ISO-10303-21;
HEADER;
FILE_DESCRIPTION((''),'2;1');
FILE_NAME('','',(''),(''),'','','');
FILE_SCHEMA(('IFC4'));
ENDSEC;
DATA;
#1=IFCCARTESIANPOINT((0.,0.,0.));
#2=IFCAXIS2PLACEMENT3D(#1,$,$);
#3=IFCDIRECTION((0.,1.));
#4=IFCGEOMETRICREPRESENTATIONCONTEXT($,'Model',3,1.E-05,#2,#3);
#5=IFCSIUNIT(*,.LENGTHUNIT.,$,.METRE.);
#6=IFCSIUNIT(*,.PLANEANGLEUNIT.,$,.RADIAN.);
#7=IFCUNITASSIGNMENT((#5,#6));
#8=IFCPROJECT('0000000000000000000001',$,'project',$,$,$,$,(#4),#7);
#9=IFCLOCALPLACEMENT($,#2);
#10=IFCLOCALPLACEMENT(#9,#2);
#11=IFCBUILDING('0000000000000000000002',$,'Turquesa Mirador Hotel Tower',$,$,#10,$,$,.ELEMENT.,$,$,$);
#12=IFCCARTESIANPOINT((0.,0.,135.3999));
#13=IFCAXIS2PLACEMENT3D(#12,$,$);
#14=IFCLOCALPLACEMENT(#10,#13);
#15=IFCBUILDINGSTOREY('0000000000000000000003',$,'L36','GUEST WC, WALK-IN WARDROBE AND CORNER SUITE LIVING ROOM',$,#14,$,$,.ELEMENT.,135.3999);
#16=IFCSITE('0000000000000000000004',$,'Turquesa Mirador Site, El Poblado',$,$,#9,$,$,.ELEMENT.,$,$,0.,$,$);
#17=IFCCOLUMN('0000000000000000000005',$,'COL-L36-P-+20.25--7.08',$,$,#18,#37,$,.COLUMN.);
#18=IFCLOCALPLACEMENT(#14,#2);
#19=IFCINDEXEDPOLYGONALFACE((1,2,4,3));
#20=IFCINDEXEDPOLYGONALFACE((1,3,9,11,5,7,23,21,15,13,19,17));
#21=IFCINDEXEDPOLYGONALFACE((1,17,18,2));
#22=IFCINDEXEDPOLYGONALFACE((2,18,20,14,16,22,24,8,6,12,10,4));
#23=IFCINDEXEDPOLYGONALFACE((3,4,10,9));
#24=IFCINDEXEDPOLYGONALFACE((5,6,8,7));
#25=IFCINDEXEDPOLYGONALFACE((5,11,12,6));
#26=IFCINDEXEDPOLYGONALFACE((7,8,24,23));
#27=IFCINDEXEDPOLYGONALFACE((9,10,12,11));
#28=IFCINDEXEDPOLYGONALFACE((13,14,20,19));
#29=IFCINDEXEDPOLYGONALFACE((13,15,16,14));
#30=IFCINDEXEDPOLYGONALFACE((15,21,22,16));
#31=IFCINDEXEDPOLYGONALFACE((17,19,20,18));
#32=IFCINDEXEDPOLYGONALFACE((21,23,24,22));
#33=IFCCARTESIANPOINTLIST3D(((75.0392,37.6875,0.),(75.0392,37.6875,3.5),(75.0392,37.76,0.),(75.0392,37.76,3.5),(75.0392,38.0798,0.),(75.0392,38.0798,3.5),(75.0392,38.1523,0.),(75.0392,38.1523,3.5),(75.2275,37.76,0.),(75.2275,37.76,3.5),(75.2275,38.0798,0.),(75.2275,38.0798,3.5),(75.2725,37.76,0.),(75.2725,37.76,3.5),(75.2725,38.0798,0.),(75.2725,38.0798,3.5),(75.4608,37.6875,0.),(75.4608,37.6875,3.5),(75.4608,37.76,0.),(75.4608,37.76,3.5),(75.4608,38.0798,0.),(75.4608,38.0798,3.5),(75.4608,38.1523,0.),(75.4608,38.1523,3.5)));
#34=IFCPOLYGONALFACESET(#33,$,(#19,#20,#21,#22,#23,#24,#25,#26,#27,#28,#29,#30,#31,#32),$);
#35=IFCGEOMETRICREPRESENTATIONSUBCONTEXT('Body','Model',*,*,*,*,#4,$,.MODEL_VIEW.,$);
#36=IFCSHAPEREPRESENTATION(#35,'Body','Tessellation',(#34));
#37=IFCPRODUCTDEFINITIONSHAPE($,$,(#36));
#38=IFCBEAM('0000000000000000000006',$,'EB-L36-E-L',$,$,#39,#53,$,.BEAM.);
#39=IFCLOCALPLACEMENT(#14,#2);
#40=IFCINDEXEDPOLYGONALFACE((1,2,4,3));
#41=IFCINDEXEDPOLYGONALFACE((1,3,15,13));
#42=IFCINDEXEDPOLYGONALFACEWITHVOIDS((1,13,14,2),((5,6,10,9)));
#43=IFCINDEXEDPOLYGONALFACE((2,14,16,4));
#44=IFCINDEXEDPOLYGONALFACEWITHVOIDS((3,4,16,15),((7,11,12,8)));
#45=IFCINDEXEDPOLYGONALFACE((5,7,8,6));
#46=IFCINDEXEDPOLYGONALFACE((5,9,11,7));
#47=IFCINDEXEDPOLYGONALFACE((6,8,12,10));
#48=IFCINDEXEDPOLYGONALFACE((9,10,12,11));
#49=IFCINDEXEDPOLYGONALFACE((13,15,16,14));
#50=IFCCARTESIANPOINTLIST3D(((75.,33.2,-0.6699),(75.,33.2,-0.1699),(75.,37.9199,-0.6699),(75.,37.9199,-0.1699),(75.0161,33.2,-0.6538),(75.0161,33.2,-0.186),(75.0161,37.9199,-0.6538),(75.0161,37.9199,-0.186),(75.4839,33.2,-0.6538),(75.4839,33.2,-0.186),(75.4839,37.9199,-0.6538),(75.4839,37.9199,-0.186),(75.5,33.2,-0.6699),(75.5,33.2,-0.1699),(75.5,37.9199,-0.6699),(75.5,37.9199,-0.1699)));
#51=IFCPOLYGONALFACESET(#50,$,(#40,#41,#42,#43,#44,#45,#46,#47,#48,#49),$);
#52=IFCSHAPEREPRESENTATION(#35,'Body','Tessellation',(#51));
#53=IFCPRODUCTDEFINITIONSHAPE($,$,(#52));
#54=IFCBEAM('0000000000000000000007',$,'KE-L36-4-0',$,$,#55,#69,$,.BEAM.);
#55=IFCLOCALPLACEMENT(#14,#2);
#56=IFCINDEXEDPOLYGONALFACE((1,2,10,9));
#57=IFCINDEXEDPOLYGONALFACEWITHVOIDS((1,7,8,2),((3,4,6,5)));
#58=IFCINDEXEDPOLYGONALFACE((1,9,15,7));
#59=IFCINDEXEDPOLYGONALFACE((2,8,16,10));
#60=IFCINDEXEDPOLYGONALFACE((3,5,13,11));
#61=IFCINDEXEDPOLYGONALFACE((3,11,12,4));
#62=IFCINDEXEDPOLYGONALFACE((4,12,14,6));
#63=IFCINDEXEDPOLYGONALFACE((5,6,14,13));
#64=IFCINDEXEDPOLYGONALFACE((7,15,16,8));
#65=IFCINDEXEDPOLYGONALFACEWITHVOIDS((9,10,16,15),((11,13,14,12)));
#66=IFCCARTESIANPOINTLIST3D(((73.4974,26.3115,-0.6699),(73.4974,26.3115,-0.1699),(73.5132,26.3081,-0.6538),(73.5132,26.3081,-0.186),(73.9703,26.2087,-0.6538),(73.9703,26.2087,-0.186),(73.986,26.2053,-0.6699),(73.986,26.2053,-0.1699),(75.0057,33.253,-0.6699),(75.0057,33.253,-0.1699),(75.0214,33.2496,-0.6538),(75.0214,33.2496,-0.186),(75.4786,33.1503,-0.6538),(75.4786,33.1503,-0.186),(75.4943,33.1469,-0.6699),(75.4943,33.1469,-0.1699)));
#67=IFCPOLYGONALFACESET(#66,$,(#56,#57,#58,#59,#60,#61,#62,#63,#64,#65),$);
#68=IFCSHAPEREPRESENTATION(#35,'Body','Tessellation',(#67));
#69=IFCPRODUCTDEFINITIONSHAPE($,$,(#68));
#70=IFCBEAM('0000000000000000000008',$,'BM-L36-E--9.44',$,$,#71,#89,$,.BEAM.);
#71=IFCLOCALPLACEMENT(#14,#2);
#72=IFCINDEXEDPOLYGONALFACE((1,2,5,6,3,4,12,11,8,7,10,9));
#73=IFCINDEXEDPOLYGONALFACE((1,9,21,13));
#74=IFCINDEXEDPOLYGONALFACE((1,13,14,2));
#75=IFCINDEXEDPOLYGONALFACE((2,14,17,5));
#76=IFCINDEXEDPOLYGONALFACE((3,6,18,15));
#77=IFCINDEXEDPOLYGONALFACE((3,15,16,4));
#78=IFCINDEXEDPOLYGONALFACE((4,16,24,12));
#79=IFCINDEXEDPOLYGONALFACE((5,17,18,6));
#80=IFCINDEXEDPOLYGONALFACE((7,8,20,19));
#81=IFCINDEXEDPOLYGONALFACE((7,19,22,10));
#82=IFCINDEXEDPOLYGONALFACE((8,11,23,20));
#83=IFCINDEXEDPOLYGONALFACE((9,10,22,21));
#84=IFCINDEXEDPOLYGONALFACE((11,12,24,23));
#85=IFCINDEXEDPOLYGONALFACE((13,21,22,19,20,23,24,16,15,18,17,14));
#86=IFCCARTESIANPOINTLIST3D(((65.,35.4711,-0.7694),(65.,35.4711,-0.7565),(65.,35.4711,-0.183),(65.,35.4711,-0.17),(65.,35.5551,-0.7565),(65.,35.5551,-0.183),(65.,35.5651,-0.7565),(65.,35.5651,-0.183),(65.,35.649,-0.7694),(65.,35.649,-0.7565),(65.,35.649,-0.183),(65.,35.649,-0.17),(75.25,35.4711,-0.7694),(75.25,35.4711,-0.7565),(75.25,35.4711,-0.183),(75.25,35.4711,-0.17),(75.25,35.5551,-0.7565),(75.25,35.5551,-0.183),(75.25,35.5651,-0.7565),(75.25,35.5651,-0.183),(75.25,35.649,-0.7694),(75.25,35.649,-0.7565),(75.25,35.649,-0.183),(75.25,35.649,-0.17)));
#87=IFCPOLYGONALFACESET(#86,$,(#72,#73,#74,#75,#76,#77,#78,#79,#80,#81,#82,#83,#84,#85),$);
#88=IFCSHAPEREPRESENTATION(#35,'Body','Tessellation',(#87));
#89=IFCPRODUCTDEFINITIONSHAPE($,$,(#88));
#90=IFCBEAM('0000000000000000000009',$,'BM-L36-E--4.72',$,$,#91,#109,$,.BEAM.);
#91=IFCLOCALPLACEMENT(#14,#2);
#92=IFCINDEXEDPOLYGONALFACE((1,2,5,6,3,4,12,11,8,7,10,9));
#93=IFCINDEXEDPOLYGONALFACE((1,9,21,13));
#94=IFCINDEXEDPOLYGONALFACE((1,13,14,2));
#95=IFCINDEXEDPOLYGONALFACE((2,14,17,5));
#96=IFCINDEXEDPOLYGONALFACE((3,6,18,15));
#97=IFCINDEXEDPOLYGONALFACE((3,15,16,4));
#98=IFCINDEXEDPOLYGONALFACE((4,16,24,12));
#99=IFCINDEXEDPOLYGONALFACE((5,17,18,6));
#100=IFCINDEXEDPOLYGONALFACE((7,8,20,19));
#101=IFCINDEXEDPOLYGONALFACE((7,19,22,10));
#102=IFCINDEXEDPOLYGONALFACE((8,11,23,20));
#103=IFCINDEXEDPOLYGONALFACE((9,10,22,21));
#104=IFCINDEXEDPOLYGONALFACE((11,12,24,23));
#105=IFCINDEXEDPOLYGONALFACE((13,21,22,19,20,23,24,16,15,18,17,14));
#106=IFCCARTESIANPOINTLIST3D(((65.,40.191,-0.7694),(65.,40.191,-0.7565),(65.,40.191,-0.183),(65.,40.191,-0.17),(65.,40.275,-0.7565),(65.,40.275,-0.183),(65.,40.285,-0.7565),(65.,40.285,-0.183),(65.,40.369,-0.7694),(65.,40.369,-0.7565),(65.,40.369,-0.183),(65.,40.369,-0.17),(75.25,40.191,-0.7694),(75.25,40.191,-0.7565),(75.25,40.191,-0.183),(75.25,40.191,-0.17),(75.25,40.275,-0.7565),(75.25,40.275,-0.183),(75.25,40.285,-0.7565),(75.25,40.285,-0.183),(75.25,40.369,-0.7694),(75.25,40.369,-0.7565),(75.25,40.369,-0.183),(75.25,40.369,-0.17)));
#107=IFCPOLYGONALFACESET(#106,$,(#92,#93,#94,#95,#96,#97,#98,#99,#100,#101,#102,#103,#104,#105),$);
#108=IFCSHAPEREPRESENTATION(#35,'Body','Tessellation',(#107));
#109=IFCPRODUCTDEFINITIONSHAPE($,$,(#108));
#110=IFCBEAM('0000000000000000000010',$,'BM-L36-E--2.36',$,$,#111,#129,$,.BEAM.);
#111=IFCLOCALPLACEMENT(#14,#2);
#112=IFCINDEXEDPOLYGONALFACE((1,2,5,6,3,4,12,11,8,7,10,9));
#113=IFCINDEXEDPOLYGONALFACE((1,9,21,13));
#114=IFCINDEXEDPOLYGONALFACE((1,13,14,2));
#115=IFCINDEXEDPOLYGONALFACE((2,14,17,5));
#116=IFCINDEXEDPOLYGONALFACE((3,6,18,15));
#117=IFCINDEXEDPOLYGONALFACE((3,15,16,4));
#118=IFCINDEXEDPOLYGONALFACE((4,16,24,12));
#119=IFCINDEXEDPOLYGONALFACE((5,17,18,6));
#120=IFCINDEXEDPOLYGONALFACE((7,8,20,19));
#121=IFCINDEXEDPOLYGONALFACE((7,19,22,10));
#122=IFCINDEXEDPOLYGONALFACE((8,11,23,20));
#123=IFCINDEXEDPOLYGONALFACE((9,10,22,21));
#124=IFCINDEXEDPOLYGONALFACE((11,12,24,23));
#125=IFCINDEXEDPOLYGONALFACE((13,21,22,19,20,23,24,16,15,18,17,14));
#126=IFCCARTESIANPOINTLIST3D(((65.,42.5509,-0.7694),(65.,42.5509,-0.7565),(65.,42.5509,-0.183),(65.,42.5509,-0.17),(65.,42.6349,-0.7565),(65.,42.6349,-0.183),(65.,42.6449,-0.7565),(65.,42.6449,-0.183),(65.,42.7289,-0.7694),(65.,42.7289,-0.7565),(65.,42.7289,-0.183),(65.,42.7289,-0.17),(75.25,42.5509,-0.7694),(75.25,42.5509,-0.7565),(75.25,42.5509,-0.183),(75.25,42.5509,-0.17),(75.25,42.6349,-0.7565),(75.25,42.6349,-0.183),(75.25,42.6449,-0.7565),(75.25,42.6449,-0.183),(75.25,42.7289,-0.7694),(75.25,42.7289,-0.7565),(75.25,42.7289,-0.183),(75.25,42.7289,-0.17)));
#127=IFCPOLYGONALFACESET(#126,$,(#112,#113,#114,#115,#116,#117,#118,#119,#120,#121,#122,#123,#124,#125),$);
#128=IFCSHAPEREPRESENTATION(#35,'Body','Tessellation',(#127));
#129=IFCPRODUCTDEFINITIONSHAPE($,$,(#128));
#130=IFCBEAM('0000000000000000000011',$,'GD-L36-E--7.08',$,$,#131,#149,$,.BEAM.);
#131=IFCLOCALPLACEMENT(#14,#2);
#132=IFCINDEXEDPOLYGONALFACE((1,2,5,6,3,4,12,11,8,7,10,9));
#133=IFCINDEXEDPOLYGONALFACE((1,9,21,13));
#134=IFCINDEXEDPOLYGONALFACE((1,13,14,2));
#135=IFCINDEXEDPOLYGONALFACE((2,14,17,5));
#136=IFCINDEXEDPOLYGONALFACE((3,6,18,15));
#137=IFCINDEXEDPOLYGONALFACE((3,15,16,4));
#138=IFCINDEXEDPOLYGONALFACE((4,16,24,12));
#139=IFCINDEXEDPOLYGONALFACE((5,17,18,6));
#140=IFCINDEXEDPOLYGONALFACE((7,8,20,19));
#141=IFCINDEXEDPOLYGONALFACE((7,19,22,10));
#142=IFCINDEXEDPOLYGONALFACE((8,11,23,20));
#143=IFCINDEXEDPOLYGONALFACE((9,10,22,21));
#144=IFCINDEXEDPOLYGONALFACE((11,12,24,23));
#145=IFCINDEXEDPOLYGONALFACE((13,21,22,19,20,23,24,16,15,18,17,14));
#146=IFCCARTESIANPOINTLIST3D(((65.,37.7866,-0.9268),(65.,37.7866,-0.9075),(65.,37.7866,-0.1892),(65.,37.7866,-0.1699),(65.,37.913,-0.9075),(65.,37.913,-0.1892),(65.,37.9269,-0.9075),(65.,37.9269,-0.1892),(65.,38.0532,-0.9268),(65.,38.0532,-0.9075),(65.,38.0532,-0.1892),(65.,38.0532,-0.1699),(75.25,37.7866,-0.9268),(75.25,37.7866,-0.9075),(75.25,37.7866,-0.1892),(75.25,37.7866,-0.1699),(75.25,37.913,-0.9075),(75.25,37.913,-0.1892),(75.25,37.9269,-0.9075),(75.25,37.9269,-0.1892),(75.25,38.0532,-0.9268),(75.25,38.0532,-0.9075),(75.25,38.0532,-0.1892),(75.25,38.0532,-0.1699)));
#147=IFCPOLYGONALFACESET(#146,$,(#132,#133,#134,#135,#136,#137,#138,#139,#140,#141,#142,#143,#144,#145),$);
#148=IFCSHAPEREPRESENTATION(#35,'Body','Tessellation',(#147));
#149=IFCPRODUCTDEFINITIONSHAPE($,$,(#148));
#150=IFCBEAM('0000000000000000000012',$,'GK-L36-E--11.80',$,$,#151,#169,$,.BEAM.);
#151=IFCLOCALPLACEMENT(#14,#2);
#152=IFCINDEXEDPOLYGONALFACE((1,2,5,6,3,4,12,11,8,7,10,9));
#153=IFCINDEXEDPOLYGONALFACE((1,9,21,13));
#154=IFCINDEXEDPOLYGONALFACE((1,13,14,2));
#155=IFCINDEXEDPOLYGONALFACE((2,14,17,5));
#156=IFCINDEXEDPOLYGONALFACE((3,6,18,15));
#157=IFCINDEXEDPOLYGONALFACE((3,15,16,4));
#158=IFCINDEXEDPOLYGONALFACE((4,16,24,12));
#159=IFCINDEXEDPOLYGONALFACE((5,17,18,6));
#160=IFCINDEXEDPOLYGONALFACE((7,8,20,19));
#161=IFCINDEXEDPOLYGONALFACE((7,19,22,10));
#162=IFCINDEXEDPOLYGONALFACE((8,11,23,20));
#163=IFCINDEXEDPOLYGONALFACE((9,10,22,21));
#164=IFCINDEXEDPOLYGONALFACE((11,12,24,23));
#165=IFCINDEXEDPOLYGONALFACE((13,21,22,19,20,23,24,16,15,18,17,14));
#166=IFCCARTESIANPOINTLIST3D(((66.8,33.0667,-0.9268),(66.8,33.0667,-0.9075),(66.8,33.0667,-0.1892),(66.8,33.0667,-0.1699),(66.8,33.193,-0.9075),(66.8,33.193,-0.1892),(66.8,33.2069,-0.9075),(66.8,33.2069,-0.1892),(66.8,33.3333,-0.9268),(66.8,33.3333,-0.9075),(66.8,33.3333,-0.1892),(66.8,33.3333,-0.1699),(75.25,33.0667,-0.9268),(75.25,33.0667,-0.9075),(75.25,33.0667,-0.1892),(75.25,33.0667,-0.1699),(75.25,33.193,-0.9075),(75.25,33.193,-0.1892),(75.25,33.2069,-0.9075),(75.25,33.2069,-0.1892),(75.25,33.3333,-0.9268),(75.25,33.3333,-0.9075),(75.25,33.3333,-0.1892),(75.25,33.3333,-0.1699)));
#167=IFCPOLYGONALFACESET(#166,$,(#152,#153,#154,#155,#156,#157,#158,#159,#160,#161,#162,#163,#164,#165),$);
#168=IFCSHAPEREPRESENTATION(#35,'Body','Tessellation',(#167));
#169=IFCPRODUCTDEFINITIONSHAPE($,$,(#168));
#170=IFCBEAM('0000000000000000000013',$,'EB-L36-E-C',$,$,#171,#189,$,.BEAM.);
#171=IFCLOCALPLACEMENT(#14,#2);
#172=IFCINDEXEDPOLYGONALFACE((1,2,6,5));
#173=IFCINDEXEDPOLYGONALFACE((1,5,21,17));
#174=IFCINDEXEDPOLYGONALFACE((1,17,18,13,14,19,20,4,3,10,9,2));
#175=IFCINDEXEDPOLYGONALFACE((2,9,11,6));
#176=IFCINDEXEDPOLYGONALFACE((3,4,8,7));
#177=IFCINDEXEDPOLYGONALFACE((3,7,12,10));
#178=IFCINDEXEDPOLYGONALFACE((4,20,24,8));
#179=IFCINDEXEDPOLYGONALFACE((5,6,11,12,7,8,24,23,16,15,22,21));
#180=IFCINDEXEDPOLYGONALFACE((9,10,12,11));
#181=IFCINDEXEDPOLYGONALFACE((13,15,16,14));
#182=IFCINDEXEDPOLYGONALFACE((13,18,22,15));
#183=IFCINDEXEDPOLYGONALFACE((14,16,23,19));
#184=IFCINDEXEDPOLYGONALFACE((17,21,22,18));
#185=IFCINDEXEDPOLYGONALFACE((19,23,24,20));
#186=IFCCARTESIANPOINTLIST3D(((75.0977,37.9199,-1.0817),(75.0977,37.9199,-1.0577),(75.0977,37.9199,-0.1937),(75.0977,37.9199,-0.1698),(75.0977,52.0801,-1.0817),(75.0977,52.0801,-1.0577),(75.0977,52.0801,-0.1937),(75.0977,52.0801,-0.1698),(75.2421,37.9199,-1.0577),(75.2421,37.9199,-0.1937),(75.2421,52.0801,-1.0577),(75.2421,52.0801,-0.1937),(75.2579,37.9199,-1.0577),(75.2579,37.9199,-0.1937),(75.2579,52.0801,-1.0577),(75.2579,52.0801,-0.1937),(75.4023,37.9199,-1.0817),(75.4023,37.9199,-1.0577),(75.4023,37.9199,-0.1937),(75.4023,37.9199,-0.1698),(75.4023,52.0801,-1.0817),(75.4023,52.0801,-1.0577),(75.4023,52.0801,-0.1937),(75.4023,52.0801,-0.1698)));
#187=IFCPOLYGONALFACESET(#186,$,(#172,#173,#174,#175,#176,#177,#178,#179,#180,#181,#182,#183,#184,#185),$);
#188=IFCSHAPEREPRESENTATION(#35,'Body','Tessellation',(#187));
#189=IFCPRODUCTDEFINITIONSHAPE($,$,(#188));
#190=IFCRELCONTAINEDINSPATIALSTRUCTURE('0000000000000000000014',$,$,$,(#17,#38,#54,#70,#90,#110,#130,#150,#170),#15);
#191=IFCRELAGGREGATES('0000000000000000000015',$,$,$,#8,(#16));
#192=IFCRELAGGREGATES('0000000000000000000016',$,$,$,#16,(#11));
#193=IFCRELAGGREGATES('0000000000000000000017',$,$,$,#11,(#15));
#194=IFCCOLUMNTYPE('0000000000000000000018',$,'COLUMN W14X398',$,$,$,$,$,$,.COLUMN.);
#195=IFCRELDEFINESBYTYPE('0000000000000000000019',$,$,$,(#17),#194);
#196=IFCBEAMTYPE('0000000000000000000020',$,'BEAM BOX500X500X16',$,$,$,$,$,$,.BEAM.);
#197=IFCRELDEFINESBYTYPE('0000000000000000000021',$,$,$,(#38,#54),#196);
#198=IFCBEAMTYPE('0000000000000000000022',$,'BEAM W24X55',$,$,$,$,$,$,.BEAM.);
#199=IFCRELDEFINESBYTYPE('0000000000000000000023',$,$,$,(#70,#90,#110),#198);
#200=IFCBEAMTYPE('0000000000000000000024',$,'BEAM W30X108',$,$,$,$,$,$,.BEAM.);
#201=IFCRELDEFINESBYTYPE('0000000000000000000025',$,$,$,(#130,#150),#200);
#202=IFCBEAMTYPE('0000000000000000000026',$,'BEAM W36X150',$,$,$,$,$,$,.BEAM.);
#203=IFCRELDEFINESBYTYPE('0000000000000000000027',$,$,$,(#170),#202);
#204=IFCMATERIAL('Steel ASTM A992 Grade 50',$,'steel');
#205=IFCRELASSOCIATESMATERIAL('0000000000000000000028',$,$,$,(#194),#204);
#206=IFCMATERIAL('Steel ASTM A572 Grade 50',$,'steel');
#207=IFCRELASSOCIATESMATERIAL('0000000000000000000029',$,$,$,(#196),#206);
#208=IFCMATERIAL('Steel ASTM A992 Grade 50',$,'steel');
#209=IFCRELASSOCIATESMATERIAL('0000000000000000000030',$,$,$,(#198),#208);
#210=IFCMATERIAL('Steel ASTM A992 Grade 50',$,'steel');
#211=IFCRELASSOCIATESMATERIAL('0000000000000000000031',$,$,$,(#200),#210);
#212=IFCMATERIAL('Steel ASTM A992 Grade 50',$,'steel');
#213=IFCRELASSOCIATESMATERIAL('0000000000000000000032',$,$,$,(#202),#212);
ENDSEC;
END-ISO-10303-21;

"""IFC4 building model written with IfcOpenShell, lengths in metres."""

from ifc_helpers import new_model, si_unit, direction, frame, origin, origin_2d, place, context, subcontext, project, spatial, hollow_rectangle, i_section, extrude, material, material_profile, profile_set, type_object, element, save


model = new_model("IFC4")

# Units and contexts
model_context = context("Model", 3, precision=1e-05, world=origin(), true_north=direction((0.0, 1.0)))
body_context = subcontext(model_context, "Body", "Model", "MODEL_VIEW")
ifc_project = project(units=[si_unit("LENGTHUNIT", "METRE"), si_unit("PLANEANGLEUNIT", "RADIAN")], contexts=[model_context])

# Site, building, storey
site_placement = place(None, origin())
site = spatial("IfcSite", under=ifc_project, at=site_placement, Name="Turquesa Mirador Site, El Poblado", CompositionType="ELEMENT", RefElevation=0.0)
building_placement = place(site_placement, origin())
building = spatial("IfcBuilding", under=site, at=building_placement, Name="Turquesa Mirador Hotel Tower", CompositionType="ELEMENT")
storey_placement = place(building_placement, frame((0.0, 0.0, 135.3999)))
storey = spatial("IfcBuildingStorey", under=building, at=storey_placement, Name="L36", Description="GUEST WC, WALK-IN WARDROBE AND CORNER SUITE LIVING ROOM", CompositionType="ELEMENT", Elevation=135.3999)

# Column
ifc_material_1 = material(Name="Steel ASTM A992 Grade 50", Category="steel")
ifc_material_profile_1 = material_profile(ifc_material_1, i_section(OverallWidth=0.4216, OverallDepth=0.4648, WebThickness=0.0449, FlangeThickness=0.0725, at=origin_2d()), Name="W14X398")
ifc_profile_set_1 = profile_set([ifc_material_profile_1], Name="Steel ASTM A992 Grade 50")
column_type = type_object("IfcColumnType", Name="COLUMN W14X398", PredefinedType="COLUMN", material=ifc_profile_set_1)
column_placement = place(storey_placement, frame((75.25, 37.9199, 0.0), z_axis=(0.0, 0.0, 1.0), x_axis=(1.0, 0.0, 0.0)))
element("IfcColumn", 1, at=column_placement, inside=storey, type_object=column_type, Name="COL-L36-P-+20.25--7.08", PredefinedType="COLUMN", context=body_context, shape_type="SweptSolid", body=[
    extrude(i_section(OverallWidth=0.4216, OverallDepth=0.4648, WebThickness=0.0449, FlangeThickness=0.0725, at=origin_2d()), origin(), (0.0, 0.0, 1.0), 3.5),
])

# Beams
ifc_material_2 = material(Name="Steel ASTM A572 Grade 50", Category="steel")
ifc_material_profile_2 = material_profile(ifc_material_2, hollow_rectangle(XDim=0.5, YDim=0.5, WallThickness=0.0161, at=origin_2d()), Name="BOX500X500X16")
ifc_profile_set_2 = profile_set([ifc_material_profile_2], Name="Steel ASTM A572 Grade 50")
beam_type_1 = type_object("IfcBeamType", Name="BEAM BOX500X500X16", PredefinedType="BEAM", material=ifc_profile_set_2)
beam_1_placement = place(storey_placement, frame((75.25, 33.2, -0.4199), z_axis=(0.0, 1.0, 0.0), x_axis=(-1.0, 0.0, 0.0)))
element("IfcBeam", 2, at=beam_1_placement, inside=storey, type_object=beam_type_1, Name="EB-L36-E-L", PredefinedType="BEAM", context=body_context, shape_type="SweptSolid", body=[
    extrude(hollow_rectangle(XDim=0.5, YDim=0.5, WallThickness=0.0161, at=origin_2d()), origin(), (0.0, 0.0, 1.0), 4.72),
])
beam_2_placement = place(storey_placement, frame((75.25, 33.2, -0.4199), z_axis=(-0.212328, -0.977198, 0.0), x_axis=(0.977198, -0.212328, 0.0)))
element("IfcBeam", 3, at=beam_2_placement, inside=storey, type_object=beam_type_1, Name="KE-L36-4-0", PredefinedType="BEAM", context=body_context, shape_type="SweptSolid", body=[
    extrude(hollow_rectangle(XDim=0.5, YDim=0.5, WallThickness=0.0161, at=origin_2d()), origin(), (0.0, 0.0, 1.0), 7.1035),
])
ifc_material_3 = material(Name="Steel ASTM A992 Grade 50", Category="steel")
ifc_material_profile_3 = material_profile(ifc_material_3, i_section(OverallWidth=0.178, OverallDepth=0.5994, WebThickness=0.01, FlangeThickness=0.0129, at=origin_2d()), Name="W24X55")
ifc_profile_set_3 = profile_set([ifc_material_profile_3], Name="Steel ASTM A992 Grade 50")
beam_type_2 = type_object("IfcBeamType", Name="BEAM W24X55", PredefinedType="BEAM", material=ifc_profile_set_3)
for number, where, z_axis, x_axis, name in (
    (4, (75.25, 35.5601, -0.4697), (-1.0, 0.0, 0.0), (0.0, -1.0, 0.0), "BM-L36-E--9.44"),
    (5, (75.25, 40.28, -0.4697), (-1.0, 0.0, 0.0), (0.0, -1.0, 0.0), "BM-L36-E--4.72"),
    (6, (75.25, 42.6399, -0.4697), (-1.0, 0.0, 0.0), (0.0, -1.0, 0.0), "BM-L36-E--2.36"),
):
    element("IfcBeam", number, at=place(storey_placement, frame(where, z_axis=z_axis, x_axis=x_axis)), inside=storey, type_object=beam_type_2, Name=name, PredefinedType="BEAM", context=body_context, shape_type="SweptSolid", body=[
        extrude(i_section(OverallWidth=0.178, OverallDepth=0.5994, WebThickness=0.01, FlangeThickness=0.0129, at=origin_2d()), origin(), (0.0, 0.0, 1.0), 10.25),
    ])
ifc_material_4 = material(Name="Steel ASTM A992 Grade 50", Category="steel")
ifc_material_profile_4 = material_profile(ifc_material_4, i_section(OverallWidth=0.2666, OverallDepth=0.7568, WebThickness=0.0139, FlangeThickness=0.0193, at=origin_2d()), Name="W30X108")
ifc_profile_set_4 = profile_set([ifc_material_profile_4], Name="Steel ASTM A992 Grade 50")
beam_type_3 = type_object("IfcBeamType", Name="BEAM W30X108", PredefinedType="BEAM", material=ifc_profile_set_4)
beam_3_placement = place(storey_placement, frame((75.25, 37.9199, -0.5483), z_axis=(-1.0, 0.0, 0.0), x_axis=(0.0, -1.0, 0.0)))
element("IfcBeam", 7, at=beam_3_placement, inside=storey, type_object=beam_type_3, Name="GD-L36-E--7.08", PredefinedType="BEAM", context=body_context, shape_type="SweptSolid", body=[
    extrude(i_section(OverallWidth=0.2666, OverallDepth=0.7568, WebThickness=0.0139, FlangeThickness=0.0193, at=origin_2d()), origin(), (0.0, 0.0, 1.0), 10.25),
])
beam_4_placement = place(storey_placement, frame((75.25, 33.2, -0.5483), z_axis=(-1.0, 0.0, 0.0), x_axis=(0.0, -1.0, 0.0)))
element("IfcBeam", 8, at=beam_4_placement, inside=storey, type_object=beam_type_3, Name="GK-L36-E--11.80", PredefinedType="BEAM", context=body_context, shape_type="SweptSolid", body=[
    extrude(i_section(OverallWidth=0.2666, OverallDepth=0.7568, WebThickness=0.0139, FlangeThickness=0.0193, at=origin_2d()), origin(), (0.0, 0.0, 1.0), 8.45),
])
ifc_material_5 = material(Name="Steel ASTM A992 Grade 50", Category="steel")
ifc_material_profile_5 = material_profile(ifc_material_5, i_section(OverallWidth=0.3047, OverallDepth=0.9119, WebThickness=0.0159, FlangeThickness=0.0239, at=origin_2d()), Name="W36X150")
ifc_profile_set_5 = profile_set([ifc_material_profile_5], Name="Steel ASTM A992 Grade 50")
beam_type_4 = type_object("IfcBeamType", Name="BEAM W36X150", PredefinedType="BEAM", material=ifc_profile_set_5)
beam_5_placement = place(storey_placement, frame((75.25, 37.9199, -0.6257), z_axis=(0.0, 1.0, 0.0), x_axis=(-1.0, 0.0, 0.0)))
element("IfcBeam", 9, at=beam_5_placement, inside=storey, type_object=beam_type_4, Name="EB-L36-E-C", PredefinedType="BEAM", context=body_context, shape_type="SweptSolid", body=[
    extrude(i_section(OverallWidth=0.3047, OverallDepth=0.9119, WebThickness=0.0159, FlangeThickness=0.0239, at=origin_2d()), origin(), (0.0, 0.0, 1.0), 14.1602),
])

save(model, "model.ifc")
